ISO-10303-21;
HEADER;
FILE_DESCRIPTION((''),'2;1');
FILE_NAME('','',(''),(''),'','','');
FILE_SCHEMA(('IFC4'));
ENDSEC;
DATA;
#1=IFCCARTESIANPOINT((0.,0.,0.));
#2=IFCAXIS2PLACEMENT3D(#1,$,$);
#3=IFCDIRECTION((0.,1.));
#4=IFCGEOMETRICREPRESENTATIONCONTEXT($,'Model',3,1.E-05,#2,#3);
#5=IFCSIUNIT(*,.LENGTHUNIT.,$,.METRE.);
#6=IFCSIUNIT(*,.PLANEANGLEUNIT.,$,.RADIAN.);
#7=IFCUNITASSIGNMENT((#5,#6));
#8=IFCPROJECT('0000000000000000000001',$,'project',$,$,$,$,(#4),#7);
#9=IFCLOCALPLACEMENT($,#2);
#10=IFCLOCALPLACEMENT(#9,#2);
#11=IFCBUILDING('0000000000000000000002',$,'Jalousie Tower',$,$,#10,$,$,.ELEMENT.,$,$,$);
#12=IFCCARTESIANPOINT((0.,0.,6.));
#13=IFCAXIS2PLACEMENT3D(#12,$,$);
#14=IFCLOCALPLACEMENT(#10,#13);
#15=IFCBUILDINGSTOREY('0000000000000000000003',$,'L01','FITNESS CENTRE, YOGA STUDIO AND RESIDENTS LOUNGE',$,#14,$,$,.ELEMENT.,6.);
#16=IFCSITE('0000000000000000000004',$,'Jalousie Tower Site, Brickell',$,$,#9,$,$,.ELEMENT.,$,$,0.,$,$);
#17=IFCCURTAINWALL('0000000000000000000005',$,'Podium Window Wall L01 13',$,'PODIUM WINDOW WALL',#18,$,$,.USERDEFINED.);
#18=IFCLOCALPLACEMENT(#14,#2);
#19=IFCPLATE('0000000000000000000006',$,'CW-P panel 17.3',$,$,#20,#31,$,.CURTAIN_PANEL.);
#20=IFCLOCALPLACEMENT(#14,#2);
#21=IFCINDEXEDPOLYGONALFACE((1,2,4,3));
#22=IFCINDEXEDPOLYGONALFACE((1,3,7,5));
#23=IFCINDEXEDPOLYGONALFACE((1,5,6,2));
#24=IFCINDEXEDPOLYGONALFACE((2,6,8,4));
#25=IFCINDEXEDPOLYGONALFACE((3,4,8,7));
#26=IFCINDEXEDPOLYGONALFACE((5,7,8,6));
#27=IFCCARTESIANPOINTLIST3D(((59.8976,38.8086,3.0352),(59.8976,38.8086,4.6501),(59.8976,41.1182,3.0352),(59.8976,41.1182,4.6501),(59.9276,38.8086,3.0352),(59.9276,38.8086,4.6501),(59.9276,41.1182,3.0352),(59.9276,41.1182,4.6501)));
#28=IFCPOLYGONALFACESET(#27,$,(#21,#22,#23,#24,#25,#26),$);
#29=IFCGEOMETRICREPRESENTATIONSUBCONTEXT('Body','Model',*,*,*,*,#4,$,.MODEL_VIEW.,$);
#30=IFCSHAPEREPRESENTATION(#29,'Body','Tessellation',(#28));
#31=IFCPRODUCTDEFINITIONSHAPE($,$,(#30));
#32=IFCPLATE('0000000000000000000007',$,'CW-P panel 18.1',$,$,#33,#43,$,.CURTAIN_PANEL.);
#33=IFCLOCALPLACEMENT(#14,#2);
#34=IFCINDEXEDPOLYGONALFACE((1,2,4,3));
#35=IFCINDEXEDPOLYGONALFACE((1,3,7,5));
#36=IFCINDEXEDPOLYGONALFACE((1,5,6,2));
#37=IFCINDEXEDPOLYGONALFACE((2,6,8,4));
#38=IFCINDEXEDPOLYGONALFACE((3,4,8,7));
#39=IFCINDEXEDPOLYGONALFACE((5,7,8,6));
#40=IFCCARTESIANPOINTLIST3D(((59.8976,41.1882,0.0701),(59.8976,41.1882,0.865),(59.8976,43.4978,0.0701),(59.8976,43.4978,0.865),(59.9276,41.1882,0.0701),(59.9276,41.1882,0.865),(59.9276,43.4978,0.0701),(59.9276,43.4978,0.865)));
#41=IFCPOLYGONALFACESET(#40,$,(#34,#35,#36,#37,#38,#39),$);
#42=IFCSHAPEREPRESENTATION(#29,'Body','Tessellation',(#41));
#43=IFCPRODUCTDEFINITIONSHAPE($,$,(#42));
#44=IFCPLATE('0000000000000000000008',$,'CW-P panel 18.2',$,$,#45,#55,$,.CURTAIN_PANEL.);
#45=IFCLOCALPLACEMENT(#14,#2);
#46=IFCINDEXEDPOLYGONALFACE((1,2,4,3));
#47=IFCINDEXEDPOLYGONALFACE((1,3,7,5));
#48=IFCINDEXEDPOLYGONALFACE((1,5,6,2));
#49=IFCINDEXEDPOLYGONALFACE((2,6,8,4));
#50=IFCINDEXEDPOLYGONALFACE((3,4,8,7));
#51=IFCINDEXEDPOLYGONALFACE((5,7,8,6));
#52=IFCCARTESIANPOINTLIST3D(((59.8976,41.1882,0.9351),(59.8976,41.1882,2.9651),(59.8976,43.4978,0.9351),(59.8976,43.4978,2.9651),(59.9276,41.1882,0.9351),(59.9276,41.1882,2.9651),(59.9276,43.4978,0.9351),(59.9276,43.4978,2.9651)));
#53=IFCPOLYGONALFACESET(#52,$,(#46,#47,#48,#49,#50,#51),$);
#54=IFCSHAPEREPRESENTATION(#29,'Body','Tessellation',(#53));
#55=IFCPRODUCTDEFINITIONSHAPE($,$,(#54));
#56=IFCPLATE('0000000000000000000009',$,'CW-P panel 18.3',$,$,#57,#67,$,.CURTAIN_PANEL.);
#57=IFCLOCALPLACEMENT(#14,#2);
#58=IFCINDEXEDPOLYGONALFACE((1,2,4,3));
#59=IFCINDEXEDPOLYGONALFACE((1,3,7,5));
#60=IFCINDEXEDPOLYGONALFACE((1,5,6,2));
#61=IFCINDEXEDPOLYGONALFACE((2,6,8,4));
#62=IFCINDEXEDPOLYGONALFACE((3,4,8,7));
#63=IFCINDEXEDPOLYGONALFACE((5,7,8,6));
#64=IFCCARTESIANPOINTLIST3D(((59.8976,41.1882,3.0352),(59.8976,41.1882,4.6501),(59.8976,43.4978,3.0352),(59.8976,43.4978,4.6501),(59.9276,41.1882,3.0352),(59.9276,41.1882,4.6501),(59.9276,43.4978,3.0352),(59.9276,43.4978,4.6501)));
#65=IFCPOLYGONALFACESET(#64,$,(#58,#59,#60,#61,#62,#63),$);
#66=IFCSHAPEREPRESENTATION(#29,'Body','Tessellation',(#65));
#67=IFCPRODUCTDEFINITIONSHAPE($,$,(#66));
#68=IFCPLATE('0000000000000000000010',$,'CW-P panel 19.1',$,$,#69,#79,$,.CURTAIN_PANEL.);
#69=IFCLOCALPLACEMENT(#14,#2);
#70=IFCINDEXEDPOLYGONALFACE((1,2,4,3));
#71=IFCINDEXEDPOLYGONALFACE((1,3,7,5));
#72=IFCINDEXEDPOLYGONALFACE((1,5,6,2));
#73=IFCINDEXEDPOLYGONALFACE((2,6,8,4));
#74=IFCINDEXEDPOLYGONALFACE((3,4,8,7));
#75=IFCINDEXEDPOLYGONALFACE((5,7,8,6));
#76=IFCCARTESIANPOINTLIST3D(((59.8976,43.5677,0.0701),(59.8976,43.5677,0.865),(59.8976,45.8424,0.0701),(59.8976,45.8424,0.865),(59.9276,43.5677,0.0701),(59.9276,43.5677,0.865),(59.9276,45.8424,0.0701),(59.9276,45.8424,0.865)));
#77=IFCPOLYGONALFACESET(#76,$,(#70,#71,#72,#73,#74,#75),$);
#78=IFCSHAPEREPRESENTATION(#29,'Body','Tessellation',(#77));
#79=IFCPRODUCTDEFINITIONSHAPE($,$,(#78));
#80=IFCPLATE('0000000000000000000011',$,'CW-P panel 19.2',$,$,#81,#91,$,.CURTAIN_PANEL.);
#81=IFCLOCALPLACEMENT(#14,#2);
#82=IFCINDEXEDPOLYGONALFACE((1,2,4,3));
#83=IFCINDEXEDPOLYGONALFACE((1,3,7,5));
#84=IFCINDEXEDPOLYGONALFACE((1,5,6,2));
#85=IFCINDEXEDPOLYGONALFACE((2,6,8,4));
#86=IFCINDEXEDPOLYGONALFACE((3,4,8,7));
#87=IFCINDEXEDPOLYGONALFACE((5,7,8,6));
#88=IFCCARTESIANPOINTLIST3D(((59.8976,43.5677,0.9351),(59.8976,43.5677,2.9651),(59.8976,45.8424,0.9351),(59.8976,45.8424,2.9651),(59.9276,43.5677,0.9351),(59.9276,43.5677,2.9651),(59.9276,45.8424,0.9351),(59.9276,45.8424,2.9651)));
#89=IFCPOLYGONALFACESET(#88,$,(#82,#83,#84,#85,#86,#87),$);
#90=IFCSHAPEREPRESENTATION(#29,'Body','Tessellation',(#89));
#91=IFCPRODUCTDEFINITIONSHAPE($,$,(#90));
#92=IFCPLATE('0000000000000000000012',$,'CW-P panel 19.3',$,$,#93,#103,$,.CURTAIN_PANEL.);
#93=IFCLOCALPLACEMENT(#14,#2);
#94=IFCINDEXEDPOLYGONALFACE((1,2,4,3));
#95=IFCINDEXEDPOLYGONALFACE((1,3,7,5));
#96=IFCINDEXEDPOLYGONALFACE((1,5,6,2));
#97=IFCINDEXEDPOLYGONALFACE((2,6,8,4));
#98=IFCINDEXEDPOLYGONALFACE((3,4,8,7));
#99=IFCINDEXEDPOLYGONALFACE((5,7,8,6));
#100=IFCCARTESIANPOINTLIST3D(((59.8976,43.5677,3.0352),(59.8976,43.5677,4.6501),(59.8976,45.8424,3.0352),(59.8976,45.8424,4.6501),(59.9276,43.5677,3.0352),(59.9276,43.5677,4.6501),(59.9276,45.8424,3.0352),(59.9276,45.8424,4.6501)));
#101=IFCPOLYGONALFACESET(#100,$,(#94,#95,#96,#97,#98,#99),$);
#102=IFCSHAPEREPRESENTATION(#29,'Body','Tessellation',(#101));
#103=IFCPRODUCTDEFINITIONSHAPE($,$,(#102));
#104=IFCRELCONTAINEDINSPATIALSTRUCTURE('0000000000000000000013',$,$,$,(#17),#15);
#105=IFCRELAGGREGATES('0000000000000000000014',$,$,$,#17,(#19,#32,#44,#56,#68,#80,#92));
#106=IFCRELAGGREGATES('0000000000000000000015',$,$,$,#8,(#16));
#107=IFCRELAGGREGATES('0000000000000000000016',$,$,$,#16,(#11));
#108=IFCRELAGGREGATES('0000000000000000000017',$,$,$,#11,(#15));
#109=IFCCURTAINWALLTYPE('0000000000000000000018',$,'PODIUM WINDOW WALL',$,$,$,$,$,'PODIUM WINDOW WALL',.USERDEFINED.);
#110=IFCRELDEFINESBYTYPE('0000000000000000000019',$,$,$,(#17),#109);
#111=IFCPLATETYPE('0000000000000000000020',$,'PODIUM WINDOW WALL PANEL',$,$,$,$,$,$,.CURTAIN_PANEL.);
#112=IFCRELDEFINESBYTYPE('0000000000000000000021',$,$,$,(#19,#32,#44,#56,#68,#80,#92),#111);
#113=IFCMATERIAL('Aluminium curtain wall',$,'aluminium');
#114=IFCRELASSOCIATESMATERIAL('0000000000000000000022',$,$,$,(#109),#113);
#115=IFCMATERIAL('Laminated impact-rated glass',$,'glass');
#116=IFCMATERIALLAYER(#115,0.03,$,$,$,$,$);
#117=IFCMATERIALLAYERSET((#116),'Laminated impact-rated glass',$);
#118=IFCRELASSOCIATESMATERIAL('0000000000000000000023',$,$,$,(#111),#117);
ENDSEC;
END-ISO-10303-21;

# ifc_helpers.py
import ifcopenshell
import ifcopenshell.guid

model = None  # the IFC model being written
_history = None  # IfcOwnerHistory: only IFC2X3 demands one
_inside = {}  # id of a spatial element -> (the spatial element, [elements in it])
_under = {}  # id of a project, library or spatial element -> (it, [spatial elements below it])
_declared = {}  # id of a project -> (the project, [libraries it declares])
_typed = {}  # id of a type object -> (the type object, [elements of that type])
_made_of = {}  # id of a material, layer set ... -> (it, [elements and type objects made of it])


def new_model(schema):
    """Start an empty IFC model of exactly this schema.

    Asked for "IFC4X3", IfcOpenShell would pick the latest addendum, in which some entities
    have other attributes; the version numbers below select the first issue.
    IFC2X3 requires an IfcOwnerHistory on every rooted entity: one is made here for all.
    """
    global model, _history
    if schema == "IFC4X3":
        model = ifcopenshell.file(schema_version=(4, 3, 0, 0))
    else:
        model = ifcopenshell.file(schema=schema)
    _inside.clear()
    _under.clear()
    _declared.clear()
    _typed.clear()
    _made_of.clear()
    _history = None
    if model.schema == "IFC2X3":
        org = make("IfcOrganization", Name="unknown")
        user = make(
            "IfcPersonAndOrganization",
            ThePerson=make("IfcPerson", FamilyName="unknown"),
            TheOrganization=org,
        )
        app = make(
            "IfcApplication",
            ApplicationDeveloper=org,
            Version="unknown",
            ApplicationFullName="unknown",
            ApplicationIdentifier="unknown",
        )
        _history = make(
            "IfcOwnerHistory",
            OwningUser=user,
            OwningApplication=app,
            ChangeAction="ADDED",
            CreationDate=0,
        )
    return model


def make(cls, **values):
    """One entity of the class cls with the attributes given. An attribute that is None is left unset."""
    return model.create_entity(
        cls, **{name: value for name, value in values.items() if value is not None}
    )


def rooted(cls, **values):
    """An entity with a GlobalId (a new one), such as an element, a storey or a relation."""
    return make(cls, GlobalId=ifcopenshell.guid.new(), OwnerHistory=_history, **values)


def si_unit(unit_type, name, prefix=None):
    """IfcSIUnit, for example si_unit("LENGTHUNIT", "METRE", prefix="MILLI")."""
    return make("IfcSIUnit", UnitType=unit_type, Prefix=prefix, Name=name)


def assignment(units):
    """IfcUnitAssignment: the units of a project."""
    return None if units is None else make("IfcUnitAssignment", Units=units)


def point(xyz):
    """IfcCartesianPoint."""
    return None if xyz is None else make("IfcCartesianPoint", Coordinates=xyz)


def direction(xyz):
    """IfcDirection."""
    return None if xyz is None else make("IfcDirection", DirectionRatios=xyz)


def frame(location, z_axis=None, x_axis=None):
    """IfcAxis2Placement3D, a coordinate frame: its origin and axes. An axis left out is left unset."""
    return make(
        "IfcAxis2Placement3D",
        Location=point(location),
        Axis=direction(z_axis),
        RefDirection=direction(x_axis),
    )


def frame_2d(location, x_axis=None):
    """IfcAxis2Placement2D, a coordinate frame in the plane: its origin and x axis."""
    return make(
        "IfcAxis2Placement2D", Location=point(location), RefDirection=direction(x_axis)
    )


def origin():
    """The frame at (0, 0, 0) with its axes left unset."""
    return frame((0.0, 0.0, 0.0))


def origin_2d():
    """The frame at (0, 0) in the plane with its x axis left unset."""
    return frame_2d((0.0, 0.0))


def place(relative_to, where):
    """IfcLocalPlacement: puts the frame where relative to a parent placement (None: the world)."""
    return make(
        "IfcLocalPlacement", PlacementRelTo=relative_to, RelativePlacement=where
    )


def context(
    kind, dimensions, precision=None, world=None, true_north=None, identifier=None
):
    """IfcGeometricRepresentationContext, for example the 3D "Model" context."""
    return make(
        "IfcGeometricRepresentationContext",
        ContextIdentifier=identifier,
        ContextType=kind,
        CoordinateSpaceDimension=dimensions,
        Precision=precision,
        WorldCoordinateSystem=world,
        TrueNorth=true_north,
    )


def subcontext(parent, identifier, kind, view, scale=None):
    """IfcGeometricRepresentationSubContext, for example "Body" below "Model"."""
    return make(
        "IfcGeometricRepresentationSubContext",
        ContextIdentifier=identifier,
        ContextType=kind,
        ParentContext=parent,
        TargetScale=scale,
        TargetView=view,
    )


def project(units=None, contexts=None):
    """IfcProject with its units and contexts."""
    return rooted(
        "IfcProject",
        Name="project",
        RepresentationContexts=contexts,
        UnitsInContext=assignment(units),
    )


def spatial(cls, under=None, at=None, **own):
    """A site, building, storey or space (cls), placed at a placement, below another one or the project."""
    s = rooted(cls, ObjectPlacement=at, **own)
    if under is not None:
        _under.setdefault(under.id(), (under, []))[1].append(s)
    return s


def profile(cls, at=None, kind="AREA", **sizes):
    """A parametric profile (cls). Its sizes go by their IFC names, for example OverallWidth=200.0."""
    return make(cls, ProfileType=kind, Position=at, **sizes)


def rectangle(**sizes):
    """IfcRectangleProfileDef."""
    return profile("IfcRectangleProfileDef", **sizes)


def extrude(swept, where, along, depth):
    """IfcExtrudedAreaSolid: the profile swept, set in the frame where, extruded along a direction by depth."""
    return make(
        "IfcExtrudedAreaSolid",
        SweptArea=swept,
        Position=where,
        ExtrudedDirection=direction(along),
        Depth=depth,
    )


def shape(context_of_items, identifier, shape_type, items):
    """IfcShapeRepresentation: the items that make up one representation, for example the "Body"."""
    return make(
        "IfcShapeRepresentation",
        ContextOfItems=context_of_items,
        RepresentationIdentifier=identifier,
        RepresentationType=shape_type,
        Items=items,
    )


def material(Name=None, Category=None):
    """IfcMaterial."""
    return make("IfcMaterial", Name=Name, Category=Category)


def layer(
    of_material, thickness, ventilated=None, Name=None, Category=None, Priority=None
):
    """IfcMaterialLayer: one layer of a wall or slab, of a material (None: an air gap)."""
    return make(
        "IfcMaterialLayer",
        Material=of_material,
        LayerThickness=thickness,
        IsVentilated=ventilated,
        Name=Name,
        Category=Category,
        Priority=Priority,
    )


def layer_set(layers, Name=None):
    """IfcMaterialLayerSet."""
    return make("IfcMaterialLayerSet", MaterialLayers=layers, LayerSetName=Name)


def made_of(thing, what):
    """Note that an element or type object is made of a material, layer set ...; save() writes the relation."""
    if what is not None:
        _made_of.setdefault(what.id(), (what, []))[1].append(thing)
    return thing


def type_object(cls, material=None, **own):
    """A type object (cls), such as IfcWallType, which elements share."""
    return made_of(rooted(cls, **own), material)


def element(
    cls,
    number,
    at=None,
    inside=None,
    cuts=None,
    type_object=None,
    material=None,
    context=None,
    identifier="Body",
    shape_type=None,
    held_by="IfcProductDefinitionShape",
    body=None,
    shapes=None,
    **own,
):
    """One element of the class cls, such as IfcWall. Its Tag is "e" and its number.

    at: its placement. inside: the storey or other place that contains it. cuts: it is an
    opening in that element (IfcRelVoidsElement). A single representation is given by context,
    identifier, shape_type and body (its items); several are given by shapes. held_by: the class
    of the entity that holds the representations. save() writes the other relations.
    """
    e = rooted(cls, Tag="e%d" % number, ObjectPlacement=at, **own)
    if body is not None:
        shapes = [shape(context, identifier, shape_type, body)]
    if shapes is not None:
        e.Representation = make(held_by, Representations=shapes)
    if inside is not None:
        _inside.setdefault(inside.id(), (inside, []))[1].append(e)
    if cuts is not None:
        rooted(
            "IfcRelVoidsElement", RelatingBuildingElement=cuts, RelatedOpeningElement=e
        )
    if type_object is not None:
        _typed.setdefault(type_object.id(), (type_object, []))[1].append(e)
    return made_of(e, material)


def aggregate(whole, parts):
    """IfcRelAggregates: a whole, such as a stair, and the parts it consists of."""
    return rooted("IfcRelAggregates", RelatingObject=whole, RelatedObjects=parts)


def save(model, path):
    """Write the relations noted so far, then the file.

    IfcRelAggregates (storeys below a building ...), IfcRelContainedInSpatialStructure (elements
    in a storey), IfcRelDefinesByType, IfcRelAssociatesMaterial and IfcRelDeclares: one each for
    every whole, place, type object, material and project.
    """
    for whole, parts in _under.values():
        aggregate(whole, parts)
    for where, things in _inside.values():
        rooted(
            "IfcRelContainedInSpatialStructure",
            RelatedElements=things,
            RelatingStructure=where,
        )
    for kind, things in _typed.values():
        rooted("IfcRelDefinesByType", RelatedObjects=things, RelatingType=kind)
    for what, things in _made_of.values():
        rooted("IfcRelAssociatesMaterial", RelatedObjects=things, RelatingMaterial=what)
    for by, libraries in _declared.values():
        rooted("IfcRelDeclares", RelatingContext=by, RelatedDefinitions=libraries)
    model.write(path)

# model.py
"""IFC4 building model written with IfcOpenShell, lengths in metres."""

from ifc_helpers import new_model, si_unit, direction, frame, origin, origin_2d, place, context, subcontext, project, spatial, rectangle, extrude, material, layer, layer_set, type_object, element, aggregate, save


model = new_model("IFC4")

# Units and contexts
model_context = context("Model", 3, precision=1e-05, world=origin(), true_north=direction((0.0, 1.0)))
body_context = subcontext(model_context, "Body", "Model", "MODEL_VIEW")
ifc_project = project(units=[si_unit("LENGTHUNIT", "METRE"), si_unit("PLANEANGLEUNIT", "RADIAN")], contexts=[model_context])

# Site, building, storey
site_placement = place(None, origin())
site = spatial("IfcSite", under=ifc_project, at=site_placement, Name="Jalousie Tower Site, Brickell", CompositionType="ELEMENT", RefElevation=0.0)
building_placement = place(site_placement, origin())
building = spatial("IfcBuilding", under=site, at=building_placement, Name="Jalousie Tower", CompositionType="ELEMENT")
storey_placement = place(building_placement, frame((0.0, 0.0, 6.0)))
storey = spatial("IfcBuildingStorey", under=building, at=storey_placement, Name="L01", Description="FITNESS CENTRE, YOGA STUDIO AND RESIDENTS LOUNGE", CompositionType="ELEMENT", Elevation=6.0)

# Curtain wall
ifc_material_1 = material(Name="Aluminium curtain wall", Category="aluminium")
curtain_wall_type = type_object("IfcCurtainWallType", Name="PODIUM WINDOW WALL", ElementType="PODIUM WINDOW WALL", PredefinedType="USERDEFINED", material=ifc_material_1)
curtain_wall_1_placement = place(storey_placement, origin())
curtain_wall_1 = element("IfcCurtainWall", 1, at=curtain_wall_1_placement, inside=storey, type_object=curtain_wall_type, Name="Podium Window Wall L01 13", ObjectType="PODIUM WINDOW WALL", PredefinedType="USERDEFINED")

# Plates
ifc_material_2 = material(Name="Laminated impact-rated glass", Category="glass")
ifc_layer = layer(ifc_material_2, 0.03)
ifc_layer_set = layer_set([ifc_layer], Name="Laminated impact-rated glass")
plate_type = type_object("IfcPlateType", Name="PODIUM WINDOW WALL PANEL", PredefinedType="CURTAIN_PANEL", material=ifc_layer_set)
plate_1_placement = place(storey_placement, frame((59.9126, 39.9634, 3.0352), z_axis=(0.0, 0.0, 1.0), x_axis=(0.0, 1.0, 0.0)))
plate_1 = element("IfcPlate", 2, at=plate_1_placement, type_object=plate_type, Name="CW-P panel 17.3", PredefinedType="CURTAIN_PANEL", context=body_context, shape_type="SweptSolid", body=[
    extrude(rectangle(XDim=2.3096, YDim=0.03, at=origin_2d()), origin(), (0.0, 0.0, 1.0), 1.615),
])
plate_2_placement = place(storey_placement, frame((59.9126, 42.343, 0.0701), z_axis=(0.0, 0.0, 1.0), x_axis=(0.0, 1.0, 0.0)))
plate_2 = element("IfcPlate", 3, at=plate_2_placement, type_object=plate_type, Name="CW-P panel 18.1", PredefinedType="CURTAIN_PANEL", context=body_context, shape_type="SweptSolid", body=[
    extrude(rectangle(XDim=2.3096, YDim=0.03, at=origin_2d()), origin(), (0.0, 0.0, 1.0), 0.7949),
])
plate_3_placement = place(storey_placement, frame((59.9126, 42.343, 0.9351), z_axis=(0.0, 0.0, 1.0), x_axis=(0.0, 1.0, 0.0)))
plate_3 = element("IfcPlate", 4, at=plate_3_placement, type_object=plate_type, Name="CW-P panel 18.2", PredefinedType="CURTAIN_PANEL", context=body_context, shape_type="SweptSolid", body=[
    extrude(rectangle(XDim=2.3096, YDim=0.03, at=origin_2d()), origin(), (0.0, 0.0, 1.0), 2.03),
])
plate_4_placement = place(storey_placement, frame((59.9126, 42.343, 3.0352), z_axis=(0.0, 0.0, 1.0), x_axis=(0.0, 1.0, 0.0)))
plate_4 = element("IfcPlate", 5, at=plate_4_placement, type_object=plate_type, Name="CW-P panel 18.3", PredefinedType="CURTAIN_PANEL", context=body_context, shape_type="SweptSolid", body=[
    extrude(rectangle(XDim=2.3096, YDim=0.03, at=origin_2d()), origin(), (0.0, 0.0, 1.0), 1.615),
])
plate_5_placement = place(storey_placement, frame((59.9126, 44.7051, 0.0701), z_axis=(0.0, 0.0, 1.0), x_axis=(0.0, 1.0, 0.0)))
plate_5 = element("IfcPlate", 6, at=plate_5_placement, type_object=plate_type, Name="CW-P panel 19.1", PredefinedType="CURTAIN_PANEL", context=body_context, shape_type="SweptSolid", body=[
    extrude(rectangle(XDim=2.2747, YDim=0.03, at=origin_2d()), origin(), (0.0, 0.0, 1.0), 0.7949),
])
plate_6_placement = place(storey_placement, frame((59.9126, 44.7051, 0.9351), z_axis=(0.0, 0.0, 1.0), x_axis=(0.0, 1.0, 0.0)))
plate_6 = element("IfcPlate", 7, at=plate_6_placement, type_object=plate_type, Name="CW-P panel 19.2", PredefinedType="CURTAIN_PANEL", context=body_context, shape_type="SweptSolid", body=[
    extrude(rectangle(XDim=2.2747, YDim=0.03, at=origin_2d()), origin(), (0.0, 0.0, 1.0), 2.03),
])
plate_7_placement = place(storey_placement, frame((59.9126, 44.7051, 3.0352), z_axis=(0.0, 0.0, 1.0), x_axis=(0.0, 1.0, 0.0)))
plate_7 = element("IfcPlate", 8, at=plate_7_placement, type_object=plate_type, Name="CW-P panel 19.3", PredefinedType="CURTAIN_PANEL", context=body_context, shape_type="SweptSolid", body=[
    extrude(rectangle(XDim=2.2747, YDim=0.03, at=origin_2d()), origin(), (0.0, 0.0, 1.0), 1.615),
])
aggregate(curtain_wall_1, [plate_1, plate_2, plate_3, plate_4, plate_5, plate_6, plate_7])

save(model, "model.ifc")
